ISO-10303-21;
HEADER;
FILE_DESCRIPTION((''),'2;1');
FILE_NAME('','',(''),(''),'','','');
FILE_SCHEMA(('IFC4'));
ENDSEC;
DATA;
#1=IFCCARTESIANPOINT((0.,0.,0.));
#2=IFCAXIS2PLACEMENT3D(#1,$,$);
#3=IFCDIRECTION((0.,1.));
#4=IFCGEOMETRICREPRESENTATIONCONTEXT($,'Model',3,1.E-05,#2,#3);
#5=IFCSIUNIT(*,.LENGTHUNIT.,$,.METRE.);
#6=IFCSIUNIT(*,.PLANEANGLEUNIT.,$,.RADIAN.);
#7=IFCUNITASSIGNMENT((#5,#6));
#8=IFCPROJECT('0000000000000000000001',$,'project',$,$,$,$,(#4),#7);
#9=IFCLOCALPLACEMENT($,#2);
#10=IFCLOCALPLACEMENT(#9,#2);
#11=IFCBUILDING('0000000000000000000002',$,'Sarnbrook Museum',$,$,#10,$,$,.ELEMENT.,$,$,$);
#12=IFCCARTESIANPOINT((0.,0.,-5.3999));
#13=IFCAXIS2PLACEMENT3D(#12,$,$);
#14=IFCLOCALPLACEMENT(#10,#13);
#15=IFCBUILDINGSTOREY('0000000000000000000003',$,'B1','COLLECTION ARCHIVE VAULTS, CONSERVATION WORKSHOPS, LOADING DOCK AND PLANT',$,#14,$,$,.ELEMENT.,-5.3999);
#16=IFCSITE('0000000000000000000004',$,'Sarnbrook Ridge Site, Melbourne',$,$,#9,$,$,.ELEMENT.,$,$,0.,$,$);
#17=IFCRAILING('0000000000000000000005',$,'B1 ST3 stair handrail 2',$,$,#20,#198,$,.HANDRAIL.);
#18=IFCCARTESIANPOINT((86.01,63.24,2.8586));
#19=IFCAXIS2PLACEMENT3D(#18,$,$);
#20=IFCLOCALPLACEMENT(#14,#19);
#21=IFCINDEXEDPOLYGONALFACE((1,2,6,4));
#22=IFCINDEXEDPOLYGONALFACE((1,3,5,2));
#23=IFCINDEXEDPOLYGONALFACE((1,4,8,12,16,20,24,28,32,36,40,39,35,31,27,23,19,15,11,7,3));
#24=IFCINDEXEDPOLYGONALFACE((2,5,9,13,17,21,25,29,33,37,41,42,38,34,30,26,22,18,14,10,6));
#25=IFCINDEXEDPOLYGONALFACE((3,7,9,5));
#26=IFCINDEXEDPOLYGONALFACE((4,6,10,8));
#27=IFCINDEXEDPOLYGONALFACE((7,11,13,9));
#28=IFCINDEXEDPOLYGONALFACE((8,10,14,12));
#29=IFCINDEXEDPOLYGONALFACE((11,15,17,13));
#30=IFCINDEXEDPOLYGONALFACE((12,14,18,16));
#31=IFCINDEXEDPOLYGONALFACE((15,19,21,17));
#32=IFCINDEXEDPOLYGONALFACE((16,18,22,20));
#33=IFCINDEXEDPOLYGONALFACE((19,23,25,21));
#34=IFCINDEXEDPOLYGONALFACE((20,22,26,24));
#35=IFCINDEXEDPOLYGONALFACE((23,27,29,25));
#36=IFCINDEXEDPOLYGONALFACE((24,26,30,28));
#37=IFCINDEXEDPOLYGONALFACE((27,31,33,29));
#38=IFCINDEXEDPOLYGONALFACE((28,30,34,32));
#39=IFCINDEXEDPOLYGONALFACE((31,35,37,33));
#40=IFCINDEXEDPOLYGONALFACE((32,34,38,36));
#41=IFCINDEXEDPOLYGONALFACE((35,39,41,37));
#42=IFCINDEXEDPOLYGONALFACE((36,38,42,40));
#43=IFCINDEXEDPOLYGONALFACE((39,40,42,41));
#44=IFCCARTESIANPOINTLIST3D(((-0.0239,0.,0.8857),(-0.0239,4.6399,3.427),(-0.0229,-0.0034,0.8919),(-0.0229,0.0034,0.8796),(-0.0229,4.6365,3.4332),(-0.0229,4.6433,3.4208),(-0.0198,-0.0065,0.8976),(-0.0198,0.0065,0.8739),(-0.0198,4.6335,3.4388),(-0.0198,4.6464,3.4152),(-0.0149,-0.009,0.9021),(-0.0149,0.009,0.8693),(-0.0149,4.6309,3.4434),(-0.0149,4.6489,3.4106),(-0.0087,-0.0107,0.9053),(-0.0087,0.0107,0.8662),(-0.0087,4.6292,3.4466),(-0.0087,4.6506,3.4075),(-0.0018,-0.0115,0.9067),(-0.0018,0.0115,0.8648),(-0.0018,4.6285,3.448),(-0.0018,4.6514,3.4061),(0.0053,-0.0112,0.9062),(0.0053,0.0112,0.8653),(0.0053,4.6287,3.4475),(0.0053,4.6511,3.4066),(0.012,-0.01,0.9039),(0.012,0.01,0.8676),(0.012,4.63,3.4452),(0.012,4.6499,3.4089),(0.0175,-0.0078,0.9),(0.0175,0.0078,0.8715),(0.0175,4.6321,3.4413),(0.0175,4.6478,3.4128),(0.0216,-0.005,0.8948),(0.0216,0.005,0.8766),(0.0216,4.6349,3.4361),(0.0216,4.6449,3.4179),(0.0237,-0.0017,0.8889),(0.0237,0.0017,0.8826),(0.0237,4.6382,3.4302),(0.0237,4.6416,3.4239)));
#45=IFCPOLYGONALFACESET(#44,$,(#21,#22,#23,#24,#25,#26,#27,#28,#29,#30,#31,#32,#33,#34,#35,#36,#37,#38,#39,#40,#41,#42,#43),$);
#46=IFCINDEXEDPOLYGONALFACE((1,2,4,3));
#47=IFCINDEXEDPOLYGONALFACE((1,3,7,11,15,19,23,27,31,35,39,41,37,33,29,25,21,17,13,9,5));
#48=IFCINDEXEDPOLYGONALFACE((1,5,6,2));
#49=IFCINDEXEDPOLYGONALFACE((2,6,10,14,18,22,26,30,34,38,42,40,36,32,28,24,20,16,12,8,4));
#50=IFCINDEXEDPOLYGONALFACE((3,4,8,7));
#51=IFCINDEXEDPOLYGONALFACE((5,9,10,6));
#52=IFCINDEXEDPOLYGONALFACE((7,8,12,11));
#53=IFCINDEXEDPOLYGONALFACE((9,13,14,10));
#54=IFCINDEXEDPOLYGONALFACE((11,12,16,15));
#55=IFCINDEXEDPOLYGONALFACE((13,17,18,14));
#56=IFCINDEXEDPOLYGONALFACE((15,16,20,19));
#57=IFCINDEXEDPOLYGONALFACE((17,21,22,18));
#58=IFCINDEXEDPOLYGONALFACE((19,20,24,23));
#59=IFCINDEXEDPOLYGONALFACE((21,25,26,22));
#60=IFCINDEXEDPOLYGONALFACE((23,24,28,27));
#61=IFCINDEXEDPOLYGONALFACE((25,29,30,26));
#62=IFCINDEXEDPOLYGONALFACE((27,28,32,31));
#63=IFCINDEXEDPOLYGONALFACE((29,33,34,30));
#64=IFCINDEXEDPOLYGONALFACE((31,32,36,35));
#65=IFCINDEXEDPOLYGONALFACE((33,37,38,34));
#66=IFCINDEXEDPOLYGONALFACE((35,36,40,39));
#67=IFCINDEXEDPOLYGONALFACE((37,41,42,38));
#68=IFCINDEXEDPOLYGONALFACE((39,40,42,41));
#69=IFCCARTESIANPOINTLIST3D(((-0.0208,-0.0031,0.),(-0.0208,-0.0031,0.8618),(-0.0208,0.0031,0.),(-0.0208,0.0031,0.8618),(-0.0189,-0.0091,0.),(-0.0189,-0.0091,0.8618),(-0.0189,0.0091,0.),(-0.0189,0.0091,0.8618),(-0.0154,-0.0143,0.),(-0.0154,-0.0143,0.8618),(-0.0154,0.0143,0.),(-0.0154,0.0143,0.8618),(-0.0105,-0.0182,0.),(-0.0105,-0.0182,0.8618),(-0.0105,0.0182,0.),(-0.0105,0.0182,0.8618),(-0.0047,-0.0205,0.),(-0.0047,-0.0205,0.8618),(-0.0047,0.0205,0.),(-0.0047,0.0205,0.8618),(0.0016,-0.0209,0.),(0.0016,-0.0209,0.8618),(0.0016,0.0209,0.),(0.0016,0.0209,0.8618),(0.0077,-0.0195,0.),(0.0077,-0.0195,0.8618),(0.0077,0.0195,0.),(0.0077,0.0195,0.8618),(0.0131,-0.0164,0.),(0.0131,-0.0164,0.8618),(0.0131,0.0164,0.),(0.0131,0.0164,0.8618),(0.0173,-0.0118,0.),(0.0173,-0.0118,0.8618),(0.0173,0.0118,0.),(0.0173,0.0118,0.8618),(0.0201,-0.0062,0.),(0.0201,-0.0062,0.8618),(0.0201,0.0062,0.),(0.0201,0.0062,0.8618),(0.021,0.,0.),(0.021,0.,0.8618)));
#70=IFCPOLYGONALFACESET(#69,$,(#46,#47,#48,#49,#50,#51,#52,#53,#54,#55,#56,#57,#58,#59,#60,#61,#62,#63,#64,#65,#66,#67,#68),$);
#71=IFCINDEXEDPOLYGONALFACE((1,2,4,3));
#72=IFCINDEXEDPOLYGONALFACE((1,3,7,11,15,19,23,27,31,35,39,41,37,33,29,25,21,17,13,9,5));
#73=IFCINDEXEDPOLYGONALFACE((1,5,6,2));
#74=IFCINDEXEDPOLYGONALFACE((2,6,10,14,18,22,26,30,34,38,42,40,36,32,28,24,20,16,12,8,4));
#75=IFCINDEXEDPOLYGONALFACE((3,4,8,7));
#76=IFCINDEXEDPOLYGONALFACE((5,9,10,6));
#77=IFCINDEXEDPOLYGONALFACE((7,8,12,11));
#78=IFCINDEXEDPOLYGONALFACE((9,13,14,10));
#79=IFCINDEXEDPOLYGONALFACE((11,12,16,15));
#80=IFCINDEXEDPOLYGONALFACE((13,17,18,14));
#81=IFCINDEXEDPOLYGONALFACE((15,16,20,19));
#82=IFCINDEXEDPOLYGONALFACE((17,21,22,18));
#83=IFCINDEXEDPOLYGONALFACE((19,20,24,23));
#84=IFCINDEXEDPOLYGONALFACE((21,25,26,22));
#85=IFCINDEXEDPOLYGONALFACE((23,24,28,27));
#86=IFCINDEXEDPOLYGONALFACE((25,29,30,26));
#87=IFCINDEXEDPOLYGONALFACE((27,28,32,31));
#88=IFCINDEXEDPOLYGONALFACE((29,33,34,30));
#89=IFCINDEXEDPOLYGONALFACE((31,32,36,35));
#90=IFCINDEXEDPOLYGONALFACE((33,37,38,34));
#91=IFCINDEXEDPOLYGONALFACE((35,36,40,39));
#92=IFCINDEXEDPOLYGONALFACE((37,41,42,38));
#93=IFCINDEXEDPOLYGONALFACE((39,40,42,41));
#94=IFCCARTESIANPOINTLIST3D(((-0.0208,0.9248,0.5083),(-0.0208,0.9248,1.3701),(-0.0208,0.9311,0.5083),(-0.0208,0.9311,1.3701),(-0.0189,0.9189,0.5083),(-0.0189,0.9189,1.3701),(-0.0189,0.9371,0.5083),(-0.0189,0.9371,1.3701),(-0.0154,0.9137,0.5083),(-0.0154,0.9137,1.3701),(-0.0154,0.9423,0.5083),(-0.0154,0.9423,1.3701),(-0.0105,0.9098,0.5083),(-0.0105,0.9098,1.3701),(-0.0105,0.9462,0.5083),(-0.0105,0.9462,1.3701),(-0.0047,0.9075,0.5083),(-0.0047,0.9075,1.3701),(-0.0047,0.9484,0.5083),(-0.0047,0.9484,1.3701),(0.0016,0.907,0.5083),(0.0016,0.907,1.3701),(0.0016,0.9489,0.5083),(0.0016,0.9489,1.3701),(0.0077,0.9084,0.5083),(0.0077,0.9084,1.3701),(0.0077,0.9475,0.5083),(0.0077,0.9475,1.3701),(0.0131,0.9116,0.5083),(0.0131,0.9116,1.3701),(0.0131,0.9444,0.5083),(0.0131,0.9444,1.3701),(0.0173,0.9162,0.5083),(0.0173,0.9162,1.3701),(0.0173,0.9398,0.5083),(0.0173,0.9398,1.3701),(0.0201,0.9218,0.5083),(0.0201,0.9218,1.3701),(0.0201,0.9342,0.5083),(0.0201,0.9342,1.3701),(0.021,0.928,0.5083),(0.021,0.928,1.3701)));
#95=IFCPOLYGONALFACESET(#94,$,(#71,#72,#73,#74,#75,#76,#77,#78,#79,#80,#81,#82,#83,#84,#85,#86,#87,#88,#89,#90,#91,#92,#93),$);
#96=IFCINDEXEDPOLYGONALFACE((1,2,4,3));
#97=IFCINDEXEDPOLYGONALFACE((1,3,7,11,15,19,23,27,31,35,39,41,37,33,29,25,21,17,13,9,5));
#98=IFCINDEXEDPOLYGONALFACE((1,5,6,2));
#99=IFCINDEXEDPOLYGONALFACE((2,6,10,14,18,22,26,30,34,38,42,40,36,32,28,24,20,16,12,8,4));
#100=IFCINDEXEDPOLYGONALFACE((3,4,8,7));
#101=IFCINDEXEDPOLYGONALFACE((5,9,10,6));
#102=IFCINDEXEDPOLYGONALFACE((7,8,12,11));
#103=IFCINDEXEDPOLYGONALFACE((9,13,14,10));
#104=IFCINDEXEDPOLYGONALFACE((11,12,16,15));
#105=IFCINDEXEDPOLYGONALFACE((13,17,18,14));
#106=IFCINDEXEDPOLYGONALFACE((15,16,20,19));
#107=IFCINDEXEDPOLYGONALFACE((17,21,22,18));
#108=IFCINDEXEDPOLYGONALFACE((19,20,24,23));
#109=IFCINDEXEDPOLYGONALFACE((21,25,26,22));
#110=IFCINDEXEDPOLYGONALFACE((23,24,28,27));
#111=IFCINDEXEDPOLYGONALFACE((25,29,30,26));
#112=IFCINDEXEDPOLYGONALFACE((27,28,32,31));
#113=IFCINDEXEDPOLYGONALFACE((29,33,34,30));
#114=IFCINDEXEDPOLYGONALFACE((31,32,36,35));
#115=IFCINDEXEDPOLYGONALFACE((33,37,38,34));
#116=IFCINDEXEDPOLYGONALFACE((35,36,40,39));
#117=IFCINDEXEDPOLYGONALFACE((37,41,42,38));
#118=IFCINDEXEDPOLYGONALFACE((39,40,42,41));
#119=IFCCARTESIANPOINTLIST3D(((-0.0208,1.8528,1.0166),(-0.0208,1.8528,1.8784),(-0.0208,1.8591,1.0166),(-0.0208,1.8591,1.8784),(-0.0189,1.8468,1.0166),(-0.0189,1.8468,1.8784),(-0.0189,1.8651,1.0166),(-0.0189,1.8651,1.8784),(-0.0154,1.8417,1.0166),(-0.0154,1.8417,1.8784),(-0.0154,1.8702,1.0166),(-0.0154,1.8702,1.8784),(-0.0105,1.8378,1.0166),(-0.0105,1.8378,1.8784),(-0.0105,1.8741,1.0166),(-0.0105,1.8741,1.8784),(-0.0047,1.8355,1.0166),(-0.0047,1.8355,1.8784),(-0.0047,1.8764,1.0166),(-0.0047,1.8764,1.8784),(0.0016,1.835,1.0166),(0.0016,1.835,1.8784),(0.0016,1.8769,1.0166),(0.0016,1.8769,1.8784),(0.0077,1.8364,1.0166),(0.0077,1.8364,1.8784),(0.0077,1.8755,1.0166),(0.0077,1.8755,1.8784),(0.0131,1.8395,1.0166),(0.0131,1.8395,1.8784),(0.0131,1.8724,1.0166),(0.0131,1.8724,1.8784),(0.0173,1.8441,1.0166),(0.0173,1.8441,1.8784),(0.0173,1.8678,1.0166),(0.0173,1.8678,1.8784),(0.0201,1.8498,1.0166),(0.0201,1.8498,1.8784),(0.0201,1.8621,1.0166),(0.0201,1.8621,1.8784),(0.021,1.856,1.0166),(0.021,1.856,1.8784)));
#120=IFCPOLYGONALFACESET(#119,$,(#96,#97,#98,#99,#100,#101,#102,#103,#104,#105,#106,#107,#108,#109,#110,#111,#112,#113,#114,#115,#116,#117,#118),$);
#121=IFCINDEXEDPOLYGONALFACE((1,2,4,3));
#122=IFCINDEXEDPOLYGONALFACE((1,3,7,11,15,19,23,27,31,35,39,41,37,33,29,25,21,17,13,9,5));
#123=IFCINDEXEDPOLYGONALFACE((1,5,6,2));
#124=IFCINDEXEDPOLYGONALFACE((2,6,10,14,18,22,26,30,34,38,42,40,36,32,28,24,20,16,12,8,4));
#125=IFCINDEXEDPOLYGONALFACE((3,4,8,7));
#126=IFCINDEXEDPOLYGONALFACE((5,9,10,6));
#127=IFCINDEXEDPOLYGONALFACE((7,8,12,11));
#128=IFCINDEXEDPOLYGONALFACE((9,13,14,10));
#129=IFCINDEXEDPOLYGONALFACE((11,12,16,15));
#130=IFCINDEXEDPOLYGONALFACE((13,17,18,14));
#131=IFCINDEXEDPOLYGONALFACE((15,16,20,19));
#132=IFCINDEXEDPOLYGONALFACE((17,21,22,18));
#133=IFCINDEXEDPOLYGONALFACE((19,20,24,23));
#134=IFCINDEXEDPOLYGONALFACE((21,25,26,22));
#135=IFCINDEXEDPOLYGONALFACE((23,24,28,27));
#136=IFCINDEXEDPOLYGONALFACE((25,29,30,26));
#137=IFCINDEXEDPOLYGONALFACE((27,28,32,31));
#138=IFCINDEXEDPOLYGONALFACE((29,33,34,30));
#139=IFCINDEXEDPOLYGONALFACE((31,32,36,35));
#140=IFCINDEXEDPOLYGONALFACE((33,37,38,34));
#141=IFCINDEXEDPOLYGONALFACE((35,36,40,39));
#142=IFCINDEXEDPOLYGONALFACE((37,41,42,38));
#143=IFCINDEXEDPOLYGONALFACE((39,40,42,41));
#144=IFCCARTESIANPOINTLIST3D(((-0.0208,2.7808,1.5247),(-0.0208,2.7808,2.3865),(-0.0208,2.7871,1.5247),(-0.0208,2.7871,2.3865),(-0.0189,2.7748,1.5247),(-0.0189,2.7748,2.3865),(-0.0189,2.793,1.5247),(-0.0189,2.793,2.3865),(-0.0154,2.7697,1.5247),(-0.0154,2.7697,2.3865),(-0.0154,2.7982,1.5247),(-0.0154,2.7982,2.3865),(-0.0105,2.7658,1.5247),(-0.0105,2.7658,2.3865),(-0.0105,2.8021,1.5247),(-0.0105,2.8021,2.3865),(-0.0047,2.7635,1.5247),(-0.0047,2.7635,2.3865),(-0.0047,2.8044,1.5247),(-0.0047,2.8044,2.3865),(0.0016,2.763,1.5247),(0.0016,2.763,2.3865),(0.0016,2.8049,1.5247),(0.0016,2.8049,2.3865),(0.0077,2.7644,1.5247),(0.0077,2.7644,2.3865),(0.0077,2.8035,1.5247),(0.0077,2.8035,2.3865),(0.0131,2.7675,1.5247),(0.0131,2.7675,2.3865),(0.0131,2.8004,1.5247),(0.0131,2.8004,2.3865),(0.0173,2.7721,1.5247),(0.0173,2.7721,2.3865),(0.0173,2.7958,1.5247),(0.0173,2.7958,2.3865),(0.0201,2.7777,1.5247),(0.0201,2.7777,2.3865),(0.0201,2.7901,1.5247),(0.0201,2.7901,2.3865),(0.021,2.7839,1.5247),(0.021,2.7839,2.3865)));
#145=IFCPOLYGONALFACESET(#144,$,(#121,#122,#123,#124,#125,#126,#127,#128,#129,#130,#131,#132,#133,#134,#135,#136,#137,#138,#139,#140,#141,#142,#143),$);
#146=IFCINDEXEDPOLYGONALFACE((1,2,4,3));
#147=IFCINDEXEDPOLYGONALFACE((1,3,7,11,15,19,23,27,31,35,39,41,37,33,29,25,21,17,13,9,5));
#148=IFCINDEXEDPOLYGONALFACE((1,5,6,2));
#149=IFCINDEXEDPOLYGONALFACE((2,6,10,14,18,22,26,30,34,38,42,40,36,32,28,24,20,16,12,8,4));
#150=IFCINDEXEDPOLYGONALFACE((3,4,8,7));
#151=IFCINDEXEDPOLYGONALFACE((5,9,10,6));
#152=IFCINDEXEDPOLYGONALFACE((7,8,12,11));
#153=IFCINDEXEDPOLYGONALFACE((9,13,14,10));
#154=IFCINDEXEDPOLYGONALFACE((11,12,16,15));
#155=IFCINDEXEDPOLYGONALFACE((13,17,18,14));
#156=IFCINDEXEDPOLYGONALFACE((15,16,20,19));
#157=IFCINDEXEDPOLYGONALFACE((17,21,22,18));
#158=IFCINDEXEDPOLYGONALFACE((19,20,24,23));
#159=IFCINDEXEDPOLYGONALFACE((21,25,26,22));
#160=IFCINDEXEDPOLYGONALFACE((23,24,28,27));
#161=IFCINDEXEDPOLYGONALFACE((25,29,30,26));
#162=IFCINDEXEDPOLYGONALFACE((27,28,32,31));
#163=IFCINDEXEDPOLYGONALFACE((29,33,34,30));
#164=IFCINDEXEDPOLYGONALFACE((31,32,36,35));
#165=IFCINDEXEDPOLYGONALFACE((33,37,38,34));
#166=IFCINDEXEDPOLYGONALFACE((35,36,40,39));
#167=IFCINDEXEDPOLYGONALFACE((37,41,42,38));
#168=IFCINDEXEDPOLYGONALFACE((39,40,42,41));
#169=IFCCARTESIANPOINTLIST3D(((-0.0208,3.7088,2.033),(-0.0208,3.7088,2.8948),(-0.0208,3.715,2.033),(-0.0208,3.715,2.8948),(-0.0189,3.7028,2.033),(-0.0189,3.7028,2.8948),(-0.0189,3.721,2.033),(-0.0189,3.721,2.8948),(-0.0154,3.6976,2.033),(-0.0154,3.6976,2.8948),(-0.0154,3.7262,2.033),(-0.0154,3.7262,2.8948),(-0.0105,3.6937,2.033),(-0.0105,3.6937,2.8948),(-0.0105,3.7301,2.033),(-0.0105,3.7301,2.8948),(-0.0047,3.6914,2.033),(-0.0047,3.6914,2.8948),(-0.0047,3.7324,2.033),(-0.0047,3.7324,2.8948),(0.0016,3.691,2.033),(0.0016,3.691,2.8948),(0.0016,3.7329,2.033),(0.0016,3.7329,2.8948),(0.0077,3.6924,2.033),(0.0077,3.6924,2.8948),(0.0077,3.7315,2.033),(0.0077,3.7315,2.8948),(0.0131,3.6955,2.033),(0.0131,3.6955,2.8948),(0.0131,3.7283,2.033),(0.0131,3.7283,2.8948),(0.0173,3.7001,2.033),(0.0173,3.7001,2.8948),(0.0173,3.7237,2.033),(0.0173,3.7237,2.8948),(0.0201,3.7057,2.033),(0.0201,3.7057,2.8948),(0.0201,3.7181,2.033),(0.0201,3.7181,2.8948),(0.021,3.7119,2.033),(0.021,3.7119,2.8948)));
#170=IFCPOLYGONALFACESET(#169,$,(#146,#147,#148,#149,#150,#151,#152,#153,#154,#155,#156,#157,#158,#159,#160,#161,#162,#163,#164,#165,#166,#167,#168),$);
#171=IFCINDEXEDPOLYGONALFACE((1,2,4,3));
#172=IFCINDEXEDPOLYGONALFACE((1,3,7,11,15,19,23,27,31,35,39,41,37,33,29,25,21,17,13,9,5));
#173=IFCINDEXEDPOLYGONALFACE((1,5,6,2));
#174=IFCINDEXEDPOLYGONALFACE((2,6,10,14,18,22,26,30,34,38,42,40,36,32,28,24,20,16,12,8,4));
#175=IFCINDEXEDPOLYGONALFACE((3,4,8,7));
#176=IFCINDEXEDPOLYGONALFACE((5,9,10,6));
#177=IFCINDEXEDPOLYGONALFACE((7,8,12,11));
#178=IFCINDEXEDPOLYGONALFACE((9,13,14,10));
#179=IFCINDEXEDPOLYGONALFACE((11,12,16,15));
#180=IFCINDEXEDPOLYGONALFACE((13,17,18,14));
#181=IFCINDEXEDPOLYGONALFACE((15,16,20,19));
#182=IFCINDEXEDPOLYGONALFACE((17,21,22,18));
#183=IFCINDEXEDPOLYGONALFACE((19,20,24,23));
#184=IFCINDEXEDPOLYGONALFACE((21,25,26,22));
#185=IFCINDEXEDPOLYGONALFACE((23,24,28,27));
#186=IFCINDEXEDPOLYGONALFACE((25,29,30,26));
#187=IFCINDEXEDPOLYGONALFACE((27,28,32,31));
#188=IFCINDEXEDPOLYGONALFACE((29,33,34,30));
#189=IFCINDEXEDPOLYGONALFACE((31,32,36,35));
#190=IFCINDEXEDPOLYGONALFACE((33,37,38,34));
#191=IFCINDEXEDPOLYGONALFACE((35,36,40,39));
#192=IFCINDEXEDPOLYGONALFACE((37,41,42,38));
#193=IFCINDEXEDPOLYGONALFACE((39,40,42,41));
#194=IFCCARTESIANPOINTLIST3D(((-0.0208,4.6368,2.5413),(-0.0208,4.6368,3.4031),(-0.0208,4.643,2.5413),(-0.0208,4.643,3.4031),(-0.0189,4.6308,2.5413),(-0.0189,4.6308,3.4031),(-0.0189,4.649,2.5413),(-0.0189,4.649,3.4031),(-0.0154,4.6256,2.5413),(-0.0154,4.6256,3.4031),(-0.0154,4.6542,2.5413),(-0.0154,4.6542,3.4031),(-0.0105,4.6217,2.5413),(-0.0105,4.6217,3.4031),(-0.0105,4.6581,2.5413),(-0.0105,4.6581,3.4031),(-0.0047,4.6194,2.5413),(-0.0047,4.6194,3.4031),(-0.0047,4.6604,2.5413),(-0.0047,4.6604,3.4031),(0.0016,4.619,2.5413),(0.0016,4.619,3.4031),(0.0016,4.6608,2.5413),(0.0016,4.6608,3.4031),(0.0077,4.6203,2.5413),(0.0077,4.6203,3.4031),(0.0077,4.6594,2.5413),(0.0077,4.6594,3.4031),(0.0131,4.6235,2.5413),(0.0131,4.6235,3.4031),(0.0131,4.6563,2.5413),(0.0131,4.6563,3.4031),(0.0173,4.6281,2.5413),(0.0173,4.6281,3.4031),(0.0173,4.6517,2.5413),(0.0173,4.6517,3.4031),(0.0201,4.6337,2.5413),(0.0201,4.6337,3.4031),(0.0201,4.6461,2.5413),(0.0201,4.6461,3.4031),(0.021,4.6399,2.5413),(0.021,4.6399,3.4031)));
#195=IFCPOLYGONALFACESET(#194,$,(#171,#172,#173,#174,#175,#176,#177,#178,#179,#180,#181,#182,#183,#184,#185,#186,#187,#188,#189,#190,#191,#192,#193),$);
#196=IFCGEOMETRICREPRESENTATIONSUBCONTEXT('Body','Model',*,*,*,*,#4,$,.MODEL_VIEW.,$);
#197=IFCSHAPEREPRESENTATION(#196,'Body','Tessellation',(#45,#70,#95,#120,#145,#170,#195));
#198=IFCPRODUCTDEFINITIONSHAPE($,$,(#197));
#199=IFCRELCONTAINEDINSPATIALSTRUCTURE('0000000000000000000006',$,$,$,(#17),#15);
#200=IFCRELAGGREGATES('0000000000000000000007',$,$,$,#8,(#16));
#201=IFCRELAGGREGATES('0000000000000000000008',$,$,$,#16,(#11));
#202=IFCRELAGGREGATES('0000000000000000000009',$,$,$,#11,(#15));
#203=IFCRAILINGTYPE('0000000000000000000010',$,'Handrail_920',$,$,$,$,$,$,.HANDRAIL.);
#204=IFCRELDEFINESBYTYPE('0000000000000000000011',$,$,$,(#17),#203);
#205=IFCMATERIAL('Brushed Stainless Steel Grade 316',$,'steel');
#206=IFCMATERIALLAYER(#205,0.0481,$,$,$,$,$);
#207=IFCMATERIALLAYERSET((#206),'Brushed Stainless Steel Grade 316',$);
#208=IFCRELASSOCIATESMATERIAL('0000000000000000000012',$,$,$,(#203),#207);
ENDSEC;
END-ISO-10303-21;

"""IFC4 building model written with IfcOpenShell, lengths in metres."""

from ifc_helpers import new_model, si_unit, direction, frame, origin, origin_2d, place, context, subcontext, project, spatial, circle, extrude, material, layer, layer_set, type_object, element, save


model = new_model("IFC4")

# Units and contexts
model_context = context("Model", 3, precision=1e-05, world=origin(), true_north=direction((0.0, 1.0)))
body_context = subcontext(model_context, "Body", "Model", "MODEL_VIEW")
ifc_project = project(units=[si_unit("LENGTHUNIT", "METRE"), si_unit("PLANEANGLEUNIT", "RADIAN")], contexts=[model_context])

# Site, building, storey
site_placement = place(None, origin())
site = spatial("IfcSite", under=ifc_project, at=site_placement, Name="Sarnbrook Ridge Site, Melbourne", CompositionType="ELEMENT", RefElevation=0.0)
building_placement = place(site_placement, origin())
building = spatial("IfcBuilding", under=site, at=building_placement, Name="Sarnbrook Museum", CompositionType="ELEMENT")
storey_placement = place(building_placement, frame((0.0, 0.0, -5.3999)))
storey = spatial("IfcBuildingStorey", under=building, at=storey_placement, Name="B1", Description="COLLECTION ARCHIVE VAULTS, CONSERVATION WORKSHOPS, LOADING DOCK AND PLANT", CompositionType="ELEMENT", Elevation=-5.3999)

# Shared definitions
ifc_material_1 = material(Name="Brushed Stainless Steel Grade 316", Category="steel")

# Railing
ifc_layer_1 = layer(ifc_material_1, 0.0481)
ifc_layer_set_1 = layer_set([ifc_layer_1], Name="Brushed Stainless Steel Grade 316")
railing_type_1 = type_object("IfcRailingType", Name="Handrail_920", PredefinedType="HANDRAIL", material=ifc_layer_set_1)
railing_1_placement = place(storey_placement, frame((86.01, 63.24, 2.8586)))
element("IfcRailing", 1, at=railing_1_placement, inside=storey, type_object=railing_type_1, Name="B1 ST3 stair handrail 2", PredefinedType="HANDRAIL", context=body_context, shape_type="SweptSolid", body=[
    extrude(circle(Radius=0.0239, at=origin_2d()), frame((0.0, 0.0, 0.8857), z_axis=(0.0, 0.877067, 0.480368), x_axis=(-1.0, 0.0, 0.0)), (0.0, 0.0, 1.0), 5.2903),
    extrude(circle(Radius=0.021, at=origin_2d()), origin(), (0.0, 0.0, 1.0), 0.8618),
    extrude(circle(Radius=0.021, at=origin_2d()), frame((0.0, 0.928, 0.5083)), (0.0, 0.0, 1.0), 0.8618),
    extrude(circle(Radius=0.021, at=origin_2d()), frame((0.0, 1.856, 1.0166)), (0.0, 0.0, 1.0), 0.8618),
    extrude(circle(Radius=0.021, at=origin_2d()), frame((0.0, 2.7839, 1.5247)), (0.0, 0.0, 1.0), 0.8618),
    extrude(circle(Radius=0.021, at=origin_2d()), frame((0.0, 3.7119, 2.033)), (0.0, 0.0, 1.0), 0.8618),
    extrude(circle(Radius=0.021, at=origin_2d()), frame((0.0, 4.6399, 2.5413)), (0.0, 0.0, 1.0), 0.8618),
])

save(model, "model.ifc")
